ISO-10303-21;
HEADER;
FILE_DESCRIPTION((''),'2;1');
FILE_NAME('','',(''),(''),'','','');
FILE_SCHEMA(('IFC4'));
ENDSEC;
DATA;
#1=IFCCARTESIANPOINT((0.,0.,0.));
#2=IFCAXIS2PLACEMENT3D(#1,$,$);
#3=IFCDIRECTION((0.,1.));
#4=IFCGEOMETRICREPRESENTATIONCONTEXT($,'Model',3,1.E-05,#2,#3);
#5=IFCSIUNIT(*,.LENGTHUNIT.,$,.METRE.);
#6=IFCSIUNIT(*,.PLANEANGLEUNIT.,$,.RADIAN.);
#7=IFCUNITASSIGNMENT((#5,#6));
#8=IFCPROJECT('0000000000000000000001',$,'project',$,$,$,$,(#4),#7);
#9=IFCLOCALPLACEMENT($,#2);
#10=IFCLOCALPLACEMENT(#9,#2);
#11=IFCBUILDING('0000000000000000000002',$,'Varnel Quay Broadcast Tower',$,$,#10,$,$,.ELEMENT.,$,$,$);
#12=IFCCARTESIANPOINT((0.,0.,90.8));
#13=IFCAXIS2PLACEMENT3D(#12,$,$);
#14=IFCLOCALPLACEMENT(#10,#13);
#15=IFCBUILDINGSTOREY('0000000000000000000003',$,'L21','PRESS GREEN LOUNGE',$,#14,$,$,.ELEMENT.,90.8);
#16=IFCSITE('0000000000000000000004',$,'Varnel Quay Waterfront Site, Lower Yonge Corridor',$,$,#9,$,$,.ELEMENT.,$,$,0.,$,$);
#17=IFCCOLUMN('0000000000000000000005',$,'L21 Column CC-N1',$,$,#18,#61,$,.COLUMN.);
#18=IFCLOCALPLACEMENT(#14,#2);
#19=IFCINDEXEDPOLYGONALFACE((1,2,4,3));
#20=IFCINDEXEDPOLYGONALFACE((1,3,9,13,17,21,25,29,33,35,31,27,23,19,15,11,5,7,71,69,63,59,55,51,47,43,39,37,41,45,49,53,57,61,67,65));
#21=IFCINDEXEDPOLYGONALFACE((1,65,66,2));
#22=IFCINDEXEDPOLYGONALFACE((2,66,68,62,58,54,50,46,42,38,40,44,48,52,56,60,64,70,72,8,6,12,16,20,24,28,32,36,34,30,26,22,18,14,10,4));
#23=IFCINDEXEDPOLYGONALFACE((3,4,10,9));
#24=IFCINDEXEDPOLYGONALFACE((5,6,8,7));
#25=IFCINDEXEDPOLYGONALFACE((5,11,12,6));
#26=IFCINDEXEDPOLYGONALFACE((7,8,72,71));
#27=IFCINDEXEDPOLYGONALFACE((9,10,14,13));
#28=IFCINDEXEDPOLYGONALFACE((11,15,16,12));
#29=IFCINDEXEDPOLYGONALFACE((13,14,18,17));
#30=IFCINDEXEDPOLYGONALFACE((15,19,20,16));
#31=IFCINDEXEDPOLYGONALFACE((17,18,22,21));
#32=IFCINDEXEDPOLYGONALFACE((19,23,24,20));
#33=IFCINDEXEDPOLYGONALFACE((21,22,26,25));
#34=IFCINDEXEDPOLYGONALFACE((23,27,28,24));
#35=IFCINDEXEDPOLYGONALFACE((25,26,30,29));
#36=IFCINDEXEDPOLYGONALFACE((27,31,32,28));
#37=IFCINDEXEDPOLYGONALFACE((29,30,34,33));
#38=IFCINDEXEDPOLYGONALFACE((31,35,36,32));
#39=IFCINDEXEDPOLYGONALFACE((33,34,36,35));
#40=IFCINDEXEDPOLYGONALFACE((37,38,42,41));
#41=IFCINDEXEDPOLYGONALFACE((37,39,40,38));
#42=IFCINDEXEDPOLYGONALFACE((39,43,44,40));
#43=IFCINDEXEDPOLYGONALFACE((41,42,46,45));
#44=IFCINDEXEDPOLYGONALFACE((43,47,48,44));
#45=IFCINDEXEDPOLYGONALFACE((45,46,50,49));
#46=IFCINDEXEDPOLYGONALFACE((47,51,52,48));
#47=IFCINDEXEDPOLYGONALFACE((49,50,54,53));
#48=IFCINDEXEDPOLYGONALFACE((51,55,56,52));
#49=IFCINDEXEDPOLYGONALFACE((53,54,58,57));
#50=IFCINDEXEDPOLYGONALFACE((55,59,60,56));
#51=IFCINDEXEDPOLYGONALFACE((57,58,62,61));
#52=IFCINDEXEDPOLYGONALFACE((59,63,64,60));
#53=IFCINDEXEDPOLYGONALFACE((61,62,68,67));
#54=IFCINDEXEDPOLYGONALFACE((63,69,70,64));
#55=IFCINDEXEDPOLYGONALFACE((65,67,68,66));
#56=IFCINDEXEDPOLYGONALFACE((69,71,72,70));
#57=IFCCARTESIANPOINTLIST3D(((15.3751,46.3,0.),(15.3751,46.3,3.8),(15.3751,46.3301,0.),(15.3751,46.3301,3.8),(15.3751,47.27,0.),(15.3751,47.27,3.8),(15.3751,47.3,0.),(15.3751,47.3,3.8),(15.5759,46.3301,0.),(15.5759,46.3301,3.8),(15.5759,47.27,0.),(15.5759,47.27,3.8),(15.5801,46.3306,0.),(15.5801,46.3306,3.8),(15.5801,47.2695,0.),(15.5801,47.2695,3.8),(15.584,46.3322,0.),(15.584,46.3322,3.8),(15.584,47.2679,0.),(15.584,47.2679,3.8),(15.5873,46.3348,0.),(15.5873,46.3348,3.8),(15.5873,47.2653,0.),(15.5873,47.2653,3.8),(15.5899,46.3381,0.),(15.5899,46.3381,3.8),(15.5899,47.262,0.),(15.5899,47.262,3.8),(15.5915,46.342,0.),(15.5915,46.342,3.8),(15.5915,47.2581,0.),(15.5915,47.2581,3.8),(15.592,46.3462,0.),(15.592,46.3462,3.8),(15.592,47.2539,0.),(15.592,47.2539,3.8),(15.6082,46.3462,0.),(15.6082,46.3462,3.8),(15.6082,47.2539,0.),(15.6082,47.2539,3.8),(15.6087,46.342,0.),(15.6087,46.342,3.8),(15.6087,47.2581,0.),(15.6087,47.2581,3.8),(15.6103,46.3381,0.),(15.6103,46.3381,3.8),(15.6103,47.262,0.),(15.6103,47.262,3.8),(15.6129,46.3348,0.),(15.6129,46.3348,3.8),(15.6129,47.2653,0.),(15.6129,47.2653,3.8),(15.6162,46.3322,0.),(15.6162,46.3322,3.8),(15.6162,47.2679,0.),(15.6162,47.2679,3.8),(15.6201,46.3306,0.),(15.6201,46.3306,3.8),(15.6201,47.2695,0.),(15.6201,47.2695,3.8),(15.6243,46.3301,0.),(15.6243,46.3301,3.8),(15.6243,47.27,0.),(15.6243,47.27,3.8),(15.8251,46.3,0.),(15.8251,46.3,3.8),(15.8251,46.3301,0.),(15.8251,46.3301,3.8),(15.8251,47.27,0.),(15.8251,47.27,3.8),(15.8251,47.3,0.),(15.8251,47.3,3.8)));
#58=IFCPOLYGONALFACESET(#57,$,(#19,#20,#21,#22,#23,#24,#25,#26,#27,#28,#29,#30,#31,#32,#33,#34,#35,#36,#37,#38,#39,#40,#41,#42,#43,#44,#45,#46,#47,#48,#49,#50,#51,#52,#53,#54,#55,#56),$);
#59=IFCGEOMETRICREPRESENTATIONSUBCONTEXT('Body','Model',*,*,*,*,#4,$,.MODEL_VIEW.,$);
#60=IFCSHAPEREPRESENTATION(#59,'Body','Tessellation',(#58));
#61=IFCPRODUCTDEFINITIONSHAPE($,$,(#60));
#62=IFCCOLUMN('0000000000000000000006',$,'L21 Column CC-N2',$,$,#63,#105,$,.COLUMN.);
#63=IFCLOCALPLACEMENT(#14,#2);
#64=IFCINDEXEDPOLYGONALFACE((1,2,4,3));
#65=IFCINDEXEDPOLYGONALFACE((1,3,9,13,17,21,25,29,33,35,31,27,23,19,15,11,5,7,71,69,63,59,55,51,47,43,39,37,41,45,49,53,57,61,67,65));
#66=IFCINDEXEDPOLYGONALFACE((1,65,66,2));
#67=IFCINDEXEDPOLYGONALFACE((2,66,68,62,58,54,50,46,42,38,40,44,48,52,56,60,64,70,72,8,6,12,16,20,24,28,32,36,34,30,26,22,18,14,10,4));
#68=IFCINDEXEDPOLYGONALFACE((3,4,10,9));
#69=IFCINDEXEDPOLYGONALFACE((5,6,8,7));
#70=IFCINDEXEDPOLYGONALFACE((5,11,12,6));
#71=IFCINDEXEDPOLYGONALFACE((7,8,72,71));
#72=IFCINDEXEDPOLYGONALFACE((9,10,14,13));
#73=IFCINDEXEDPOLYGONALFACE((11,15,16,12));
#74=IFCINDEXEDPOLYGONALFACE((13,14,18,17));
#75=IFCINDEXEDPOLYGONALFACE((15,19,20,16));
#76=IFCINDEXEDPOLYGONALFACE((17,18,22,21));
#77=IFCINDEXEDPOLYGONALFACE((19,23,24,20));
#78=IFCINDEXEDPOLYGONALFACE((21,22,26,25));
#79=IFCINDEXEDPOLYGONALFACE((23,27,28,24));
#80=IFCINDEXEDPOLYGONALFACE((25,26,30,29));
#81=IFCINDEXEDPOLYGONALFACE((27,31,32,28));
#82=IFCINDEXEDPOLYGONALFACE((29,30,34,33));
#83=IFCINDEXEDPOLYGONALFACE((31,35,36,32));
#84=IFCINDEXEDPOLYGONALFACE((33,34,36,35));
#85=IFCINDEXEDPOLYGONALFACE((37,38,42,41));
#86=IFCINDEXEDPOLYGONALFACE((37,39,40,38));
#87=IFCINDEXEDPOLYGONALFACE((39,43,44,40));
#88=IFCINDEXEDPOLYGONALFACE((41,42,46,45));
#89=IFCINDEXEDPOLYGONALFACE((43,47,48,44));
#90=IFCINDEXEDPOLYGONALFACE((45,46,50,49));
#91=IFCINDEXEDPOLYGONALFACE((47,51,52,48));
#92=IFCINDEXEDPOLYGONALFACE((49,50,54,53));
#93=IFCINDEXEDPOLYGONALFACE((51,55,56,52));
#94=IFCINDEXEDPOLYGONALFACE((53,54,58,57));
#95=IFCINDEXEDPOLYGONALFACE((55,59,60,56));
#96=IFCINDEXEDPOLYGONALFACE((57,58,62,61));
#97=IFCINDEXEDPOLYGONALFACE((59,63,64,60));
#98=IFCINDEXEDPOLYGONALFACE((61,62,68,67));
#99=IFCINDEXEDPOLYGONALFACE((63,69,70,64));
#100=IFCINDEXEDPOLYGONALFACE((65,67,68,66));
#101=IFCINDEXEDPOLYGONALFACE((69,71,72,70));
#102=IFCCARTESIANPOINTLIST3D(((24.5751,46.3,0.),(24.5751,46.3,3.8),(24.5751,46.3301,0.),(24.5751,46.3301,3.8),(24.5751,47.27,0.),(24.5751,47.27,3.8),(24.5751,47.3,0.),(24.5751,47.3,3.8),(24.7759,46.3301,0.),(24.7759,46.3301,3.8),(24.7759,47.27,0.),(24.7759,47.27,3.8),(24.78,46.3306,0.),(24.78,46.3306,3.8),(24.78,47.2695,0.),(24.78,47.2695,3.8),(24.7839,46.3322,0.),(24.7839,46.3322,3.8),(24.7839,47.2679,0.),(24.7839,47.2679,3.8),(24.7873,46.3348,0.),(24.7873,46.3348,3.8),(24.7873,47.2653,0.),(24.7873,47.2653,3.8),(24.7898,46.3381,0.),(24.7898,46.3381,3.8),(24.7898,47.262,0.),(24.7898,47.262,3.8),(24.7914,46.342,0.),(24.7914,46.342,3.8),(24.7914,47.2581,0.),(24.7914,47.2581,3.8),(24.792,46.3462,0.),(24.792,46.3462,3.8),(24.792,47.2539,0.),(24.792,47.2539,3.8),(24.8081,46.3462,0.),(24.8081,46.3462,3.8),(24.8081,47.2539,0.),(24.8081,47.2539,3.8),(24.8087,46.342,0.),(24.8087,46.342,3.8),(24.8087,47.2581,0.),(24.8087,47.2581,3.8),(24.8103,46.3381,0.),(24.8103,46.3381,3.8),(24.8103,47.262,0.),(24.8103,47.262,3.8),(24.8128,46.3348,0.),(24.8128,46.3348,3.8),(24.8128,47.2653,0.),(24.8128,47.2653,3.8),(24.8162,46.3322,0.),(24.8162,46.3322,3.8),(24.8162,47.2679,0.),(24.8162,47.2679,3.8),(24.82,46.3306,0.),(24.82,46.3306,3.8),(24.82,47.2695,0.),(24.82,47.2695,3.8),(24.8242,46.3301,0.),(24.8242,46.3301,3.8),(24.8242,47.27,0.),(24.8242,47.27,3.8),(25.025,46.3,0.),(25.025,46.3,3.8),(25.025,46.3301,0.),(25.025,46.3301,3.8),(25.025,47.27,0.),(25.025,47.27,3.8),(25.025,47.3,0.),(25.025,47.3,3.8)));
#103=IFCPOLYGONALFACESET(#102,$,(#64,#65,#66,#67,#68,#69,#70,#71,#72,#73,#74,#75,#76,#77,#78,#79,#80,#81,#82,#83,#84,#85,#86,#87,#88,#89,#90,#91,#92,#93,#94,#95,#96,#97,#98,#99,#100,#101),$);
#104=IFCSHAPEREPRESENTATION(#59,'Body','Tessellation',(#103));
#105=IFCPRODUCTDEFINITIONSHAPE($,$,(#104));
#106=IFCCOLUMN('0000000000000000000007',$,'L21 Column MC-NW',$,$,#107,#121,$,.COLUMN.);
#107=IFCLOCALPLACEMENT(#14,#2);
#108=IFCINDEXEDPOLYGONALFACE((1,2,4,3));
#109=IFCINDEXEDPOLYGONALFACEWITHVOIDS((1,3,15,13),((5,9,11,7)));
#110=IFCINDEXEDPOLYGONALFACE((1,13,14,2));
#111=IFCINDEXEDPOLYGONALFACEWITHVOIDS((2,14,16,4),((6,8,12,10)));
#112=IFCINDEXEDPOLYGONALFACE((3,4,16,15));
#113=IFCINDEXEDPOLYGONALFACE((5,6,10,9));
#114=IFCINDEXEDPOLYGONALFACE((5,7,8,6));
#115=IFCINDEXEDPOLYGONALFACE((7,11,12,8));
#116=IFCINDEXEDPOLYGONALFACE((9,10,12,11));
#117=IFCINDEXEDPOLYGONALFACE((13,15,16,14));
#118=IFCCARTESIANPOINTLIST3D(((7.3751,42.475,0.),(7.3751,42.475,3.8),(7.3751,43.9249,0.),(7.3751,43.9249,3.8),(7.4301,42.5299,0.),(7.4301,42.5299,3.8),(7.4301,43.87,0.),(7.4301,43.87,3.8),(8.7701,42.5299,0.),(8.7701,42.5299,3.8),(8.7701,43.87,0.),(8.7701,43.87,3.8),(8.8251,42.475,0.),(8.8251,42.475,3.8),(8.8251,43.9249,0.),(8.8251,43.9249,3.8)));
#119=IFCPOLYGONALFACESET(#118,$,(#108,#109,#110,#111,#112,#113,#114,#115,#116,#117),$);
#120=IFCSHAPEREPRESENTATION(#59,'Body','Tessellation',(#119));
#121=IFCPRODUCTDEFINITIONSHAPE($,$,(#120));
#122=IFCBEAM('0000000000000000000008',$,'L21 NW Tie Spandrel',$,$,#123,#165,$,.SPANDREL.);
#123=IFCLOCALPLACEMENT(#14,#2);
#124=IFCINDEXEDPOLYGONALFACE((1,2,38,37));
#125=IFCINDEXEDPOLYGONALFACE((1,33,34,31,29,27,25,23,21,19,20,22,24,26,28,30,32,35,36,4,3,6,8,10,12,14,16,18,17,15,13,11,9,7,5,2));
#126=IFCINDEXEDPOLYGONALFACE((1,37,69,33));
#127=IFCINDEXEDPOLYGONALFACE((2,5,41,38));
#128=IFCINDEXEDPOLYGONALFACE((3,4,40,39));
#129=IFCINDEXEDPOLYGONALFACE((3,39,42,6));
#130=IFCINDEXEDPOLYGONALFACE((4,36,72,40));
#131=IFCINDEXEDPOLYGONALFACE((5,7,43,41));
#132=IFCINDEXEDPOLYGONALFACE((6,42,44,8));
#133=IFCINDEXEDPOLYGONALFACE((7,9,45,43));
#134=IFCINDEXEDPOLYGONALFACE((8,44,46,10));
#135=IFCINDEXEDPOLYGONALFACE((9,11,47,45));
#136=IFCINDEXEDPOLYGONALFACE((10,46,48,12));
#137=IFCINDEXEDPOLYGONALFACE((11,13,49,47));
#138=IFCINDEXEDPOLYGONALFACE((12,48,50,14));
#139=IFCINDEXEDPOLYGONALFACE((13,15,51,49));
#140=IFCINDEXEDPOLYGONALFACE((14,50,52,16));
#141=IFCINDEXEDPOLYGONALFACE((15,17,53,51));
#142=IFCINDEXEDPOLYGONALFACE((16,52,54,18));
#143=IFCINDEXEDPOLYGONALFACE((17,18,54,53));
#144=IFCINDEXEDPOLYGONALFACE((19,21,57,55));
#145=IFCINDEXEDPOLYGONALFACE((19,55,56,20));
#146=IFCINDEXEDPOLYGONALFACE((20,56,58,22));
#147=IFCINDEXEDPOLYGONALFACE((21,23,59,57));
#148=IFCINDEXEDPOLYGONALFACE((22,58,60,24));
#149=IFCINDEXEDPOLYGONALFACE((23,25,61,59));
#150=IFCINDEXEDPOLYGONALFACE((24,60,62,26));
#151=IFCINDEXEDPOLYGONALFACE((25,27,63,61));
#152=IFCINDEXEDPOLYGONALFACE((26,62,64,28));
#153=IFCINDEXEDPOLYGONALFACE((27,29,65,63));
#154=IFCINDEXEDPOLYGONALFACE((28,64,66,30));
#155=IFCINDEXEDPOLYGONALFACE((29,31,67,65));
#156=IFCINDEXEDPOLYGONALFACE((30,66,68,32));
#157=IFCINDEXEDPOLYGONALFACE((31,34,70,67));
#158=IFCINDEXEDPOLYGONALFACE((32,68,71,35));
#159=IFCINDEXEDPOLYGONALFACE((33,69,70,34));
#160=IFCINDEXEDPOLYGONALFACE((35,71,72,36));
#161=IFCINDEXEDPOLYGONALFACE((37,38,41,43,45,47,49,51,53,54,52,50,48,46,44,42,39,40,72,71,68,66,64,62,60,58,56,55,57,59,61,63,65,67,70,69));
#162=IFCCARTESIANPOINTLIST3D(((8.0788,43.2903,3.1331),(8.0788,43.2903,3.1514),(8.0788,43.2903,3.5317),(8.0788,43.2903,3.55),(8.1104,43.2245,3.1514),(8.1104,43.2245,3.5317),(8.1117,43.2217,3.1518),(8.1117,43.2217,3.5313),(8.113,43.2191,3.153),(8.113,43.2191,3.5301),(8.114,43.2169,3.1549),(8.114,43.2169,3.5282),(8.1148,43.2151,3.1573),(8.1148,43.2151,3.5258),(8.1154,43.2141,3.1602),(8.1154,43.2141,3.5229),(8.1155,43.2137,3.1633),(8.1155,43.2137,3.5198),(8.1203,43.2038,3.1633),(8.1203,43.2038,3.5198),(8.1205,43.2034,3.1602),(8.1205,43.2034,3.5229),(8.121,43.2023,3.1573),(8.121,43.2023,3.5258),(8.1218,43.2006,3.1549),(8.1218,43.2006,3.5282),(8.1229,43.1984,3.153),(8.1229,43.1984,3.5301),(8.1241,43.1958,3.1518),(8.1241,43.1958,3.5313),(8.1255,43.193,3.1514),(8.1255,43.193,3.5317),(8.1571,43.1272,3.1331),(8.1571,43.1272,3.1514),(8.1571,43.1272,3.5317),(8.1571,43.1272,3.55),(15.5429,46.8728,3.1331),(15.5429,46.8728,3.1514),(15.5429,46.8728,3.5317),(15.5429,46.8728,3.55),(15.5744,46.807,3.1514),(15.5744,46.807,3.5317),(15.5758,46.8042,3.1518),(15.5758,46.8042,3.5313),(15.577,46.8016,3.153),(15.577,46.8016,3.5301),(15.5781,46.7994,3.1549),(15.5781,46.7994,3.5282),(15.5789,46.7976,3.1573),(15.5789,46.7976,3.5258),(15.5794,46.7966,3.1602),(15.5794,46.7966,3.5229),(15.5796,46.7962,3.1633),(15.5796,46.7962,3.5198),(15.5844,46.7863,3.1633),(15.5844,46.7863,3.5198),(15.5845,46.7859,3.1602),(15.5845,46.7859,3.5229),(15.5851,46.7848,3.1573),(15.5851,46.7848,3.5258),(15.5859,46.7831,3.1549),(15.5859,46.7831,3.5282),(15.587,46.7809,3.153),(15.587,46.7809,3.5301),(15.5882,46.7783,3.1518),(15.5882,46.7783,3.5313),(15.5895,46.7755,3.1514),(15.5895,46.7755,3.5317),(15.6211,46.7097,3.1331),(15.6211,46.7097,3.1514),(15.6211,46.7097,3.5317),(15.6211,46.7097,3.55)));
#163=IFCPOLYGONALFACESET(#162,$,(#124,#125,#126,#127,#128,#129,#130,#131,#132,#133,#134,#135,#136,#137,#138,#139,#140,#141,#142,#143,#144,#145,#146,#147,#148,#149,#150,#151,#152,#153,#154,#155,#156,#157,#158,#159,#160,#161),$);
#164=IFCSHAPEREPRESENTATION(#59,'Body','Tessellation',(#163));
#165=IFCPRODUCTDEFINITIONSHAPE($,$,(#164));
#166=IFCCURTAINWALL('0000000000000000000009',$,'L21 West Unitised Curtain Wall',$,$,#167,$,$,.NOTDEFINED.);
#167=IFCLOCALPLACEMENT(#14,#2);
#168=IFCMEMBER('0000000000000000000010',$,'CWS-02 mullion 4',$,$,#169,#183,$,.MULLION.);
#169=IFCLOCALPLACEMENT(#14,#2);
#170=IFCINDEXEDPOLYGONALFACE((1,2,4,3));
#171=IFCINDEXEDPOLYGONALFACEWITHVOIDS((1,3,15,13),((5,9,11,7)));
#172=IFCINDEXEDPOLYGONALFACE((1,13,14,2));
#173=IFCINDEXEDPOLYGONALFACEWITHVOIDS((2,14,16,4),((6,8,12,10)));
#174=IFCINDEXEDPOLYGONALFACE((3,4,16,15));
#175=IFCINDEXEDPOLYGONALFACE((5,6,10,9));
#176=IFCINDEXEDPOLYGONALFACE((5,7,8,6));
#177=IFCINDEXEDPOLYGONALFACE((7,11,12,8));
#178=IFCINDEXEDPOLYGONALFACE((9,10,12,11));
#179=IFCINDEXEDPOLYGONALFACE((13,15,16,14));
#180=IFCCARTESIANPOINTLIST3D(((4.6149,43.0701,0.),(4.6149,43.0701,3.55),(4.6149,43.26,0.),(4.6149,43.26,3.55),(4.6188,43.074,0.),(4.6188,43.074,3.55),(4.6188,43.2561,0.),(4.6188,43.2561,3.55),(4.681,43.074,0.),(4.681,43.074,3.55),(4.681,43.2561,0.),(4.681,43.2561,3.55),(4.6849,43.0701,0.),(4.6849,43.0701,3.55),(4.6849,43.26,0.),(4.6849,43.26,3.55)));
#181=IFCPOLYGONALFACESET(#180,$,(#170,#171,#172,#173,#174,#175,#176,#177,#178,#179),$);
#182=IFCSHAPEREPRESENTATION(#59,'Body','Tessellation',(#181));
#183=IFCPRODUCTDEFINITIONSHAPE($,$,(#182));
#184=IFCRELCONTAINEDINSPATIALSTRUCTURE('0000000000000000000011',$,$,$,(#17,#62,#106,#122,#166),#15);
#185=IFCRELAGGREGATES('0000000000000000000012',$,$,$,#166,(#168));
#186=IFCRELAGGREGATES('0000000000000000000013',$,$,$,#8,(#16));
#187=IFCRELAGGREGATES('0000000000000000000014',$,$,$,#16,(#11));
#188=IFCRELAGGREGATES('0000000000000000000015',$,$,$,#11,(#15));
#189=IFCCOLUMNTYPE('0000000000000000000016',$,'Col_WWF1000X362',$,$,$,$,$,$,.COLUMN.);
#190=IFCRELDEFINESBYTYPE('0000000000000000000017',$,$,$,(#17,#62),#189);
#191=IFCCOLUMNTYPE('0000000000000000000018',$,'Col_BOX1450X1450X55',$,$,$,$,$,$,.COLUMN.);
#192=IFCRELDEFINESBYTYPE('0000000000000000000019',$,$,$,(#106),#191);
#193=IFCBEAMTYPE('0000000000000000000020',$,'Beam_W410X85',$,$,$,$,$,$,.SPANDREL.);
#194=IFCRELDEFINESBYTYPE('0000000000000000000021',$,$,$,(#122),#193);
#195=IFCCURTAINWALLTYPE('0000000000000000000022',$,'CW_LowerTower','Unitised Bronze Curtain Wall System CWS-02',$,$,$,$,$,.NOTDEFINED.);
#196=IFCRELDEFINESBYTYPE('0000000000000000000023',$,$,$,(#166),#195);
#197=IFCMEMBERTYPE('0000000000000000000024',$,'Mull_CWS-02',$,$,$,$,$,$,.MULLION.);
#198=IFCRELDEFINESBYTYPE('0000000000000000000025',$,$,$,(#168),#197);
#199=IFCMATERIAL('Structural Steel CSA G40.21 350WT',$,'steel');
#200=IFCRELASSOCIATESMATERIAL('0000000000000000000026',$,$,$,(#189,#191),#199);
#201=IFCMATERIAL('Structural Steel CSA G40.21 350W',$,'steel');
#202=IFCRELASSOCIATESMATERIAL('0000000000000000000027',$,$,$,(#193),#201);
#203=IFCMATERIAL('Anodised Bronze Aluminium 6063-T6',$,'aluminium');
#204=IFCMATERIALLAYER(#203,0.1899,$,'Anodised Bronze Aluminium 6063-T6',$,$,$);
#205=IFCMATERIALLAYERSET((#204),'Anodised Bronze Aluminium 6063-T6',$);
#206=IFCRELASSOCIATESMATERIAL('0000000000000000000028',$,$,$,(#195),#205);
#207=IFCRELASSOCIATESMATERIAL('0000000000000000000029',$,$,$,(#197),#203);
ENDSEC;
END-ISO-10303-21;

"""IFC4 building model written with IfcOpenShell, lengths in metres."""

from ifc_helpers import new_model, si_unit, direction, frame, origin, origin_2d, place, context, subcontext, project, spatial, hollow_rectangle, i_section, extrude, source, transform, mapped, material, layer, layer_set, material_profile, profile_set, type_object, type_shapes, element, aggregate, save


model = new_model("IFC4")

# Units and contexts
model_context = context("Model", 3, precision=1e-05, world=origin(), true_north=direction((0.0, 1.0)))
body_context = subcontext(model_context, "Body", "Model", "MODEL_VIEW")
ifc_project = project(units=[si_unit("LENGTHUNIT", "METRE"), si_unit("PLANEANGLEUNIT", "RADIAN")], contexts=[model_context])

# Site, building, storey
site_placement = place(None, origin())
site = spatial("IfcSite", under=ifc_project, at=site_placement, Name="Varnel Quay Waterfront Site, Lower Yonge Corridor", CompositionType="ELEMENT", RefElevation=0.0)
building_placement = place(site_placement, origin())
building = spatial("IfcBuilding", under=site, at=building_placement, Name="Varnel Quay Broadcast Tower", CompositionType="ELEMENT")
storey_placement = place(building_placement, frame((0.0, 0.0, 90.8)))
storey = spatial("IfcBuildingStorey", under=building, at=storey_placement, Name="L21", Description="PRESS GREEN LOUNGE", CompositionType="ELEMENT", Elevation=90.8)

# Columns
ifc_material_1 = material(Name="Structural Steel CSA G40.21 350WT", Category="steel")
ifc_material_profile_1 = material_profile(ifc_material_1, i_section(OverallWidth=0.45, OverallDepth=1.0, WebThickness=0.0161, FlangeThickness=0.03, FilletRadius=0.0161, at=origin_2d()), Name="WWF1000X362")
ifc_profile_set_1 = profile_set([ifc_material_profile_1], Name="Structural Steel CSA G40.21 350WT")
column_type_1 = type_object("IfcColumnType", Name="Col_WWF1000X362", PredefinedType="COLUMN", material=ifc_profile_set_1)
shared_shape_1 = source(origin(), body_context, "Body", "SweptSolid", [
    extrude(i_section(OverallWidth=0.45, OverallDepth=1.0, WebThickness=0.0161, FlangeThickness=0.03, FilletRadius=0.0161, at=origin_2d()), origin(), (0.0, 0.0, 1.0), 3.8),
])
type_shapes(column_type_1, [shared_shape_1])
for number, where, z_axis, x_axis, name in (
    (1, (15.6001, 46.8, 0.0), (0.0, 0.0, 1.0), (1.0, 0.0, 0.0), "L21 Column CC-N1"),
    (2, (24.8, 46.8, 0.0), (0.0, 0.0, 1.0), (1.0, 0.0, 0.0), "L21 Column CC-N2"),
):
    element("IfcColumn", number, at=place(storey_placement, frame(where, z_axis=z_axis, x_axis=x_axis)), inside=storey, type_object=column_type_1, Name=name, PredefinedType="COLUMN", context=body_context, shape_type="MappedRepresentation", body=[
        mapped(shared_shape_1, transform((0.0, 0.0, 0.0), x_axis=(1.0, 0.0, 0.0), y_axis=(0.0, 1.0, 0.0), z_axis=(0.0, 0.0, 1.0), scale=1.0)),
    ])
ifc_material_profile_2 = material_profile(ifc_material_1, hollow_rectangle(XDim=1.45, YDim=1.45, WallThickness=0.0549, at=origin_2d()), Name="BOX1450X1450X55")
ifc_profile_set_2 = profile_set([ifc_material_profile_2], Name="Structural Steel CSA G40.21 350WT")
column_type_2 = type_object("IfcColumnType", Name="Col_BOX1450X1450X55", PredefinedType="COLUMN", material=ifc_profile_set_2)
shared_shape_2 = source(origin(), body_context, "Body", "SweptSolid", [
    extrude(hollow_rectangle(XDim=1.45, YDim=1.45, WallThickness=0.0549, at=origin_2d()), origin(), (0.0, 0.0, 1.0), 3.8),
])
type_shapes(column_type_2, [shared_shape_2])
column_placement = place(storey_placement, frame((8.1001, 43.2, 0.0), z_axis=(0.0, 0.0, 1.0), x_axis=(1.0, 0.0, 0.0)))
element("IfcColumn", 3, at=column_placement, inside=storey, type_object=column_type_2, Name="L21 Column MC-NW", PredefinedType="COLUMN", context=body_context, shape_type="MappedRepresentation", body=[
    mapped(shared_shape_2, transform((0.0, 0.0, 0.0), x_axis=(1.0, 0.0, 0.0), y_axis=(0.0, 1.0, 0.0), z_axis=(0.0, 0.0, 1.0), scale=1.0)),
])

# Beam
ifc_material_2 = material(Name="Structural Steel CSA G40.21 350W", Category="steel")
ifc_material_profile_3 = material_profile(ifc_material_2, i_section(OverallWidth=0.1809, OverallDepth=0.417, WebThickness=0.011, FlangeThickness=0.0183, FilletRadius=0.012, at=origin_2d()), Name="W410X85")
ifc_profile_set_3 = profile_set([ifc_material_profile_3], Name="Structural Steel CSA G40.21 350W")
beam_type = type_object("IfcBeamType", Name="Beam_W410X85", PredefinedType="SPANDREL", material=ifc_profile_set_3)
shared_shape_3 = source(origin(), body_context, "Body", "SweptSolid", [
    extrude(i_section(OverallWidth=0.1809, OverallDepth=0.417, WebThickness=0.011, FlangeThickness=0.0183, FilletRadius=0.012, at=origin_2d()), origin(), (0.0, 0.0, 1.0), 8.2793),
])
type_shapes(beam_type, [shared_shape_3])
beam_placement = place(storey_placement, frame((8.1179, 43.2087, 3.3416), z_axis=(0.901535, 0.432706, 0.0), x_axis=(-0.432706, 0.901535, 0.0)))
element("IfcBeam", 4, at=beam_placement, inside=storey, type_object=beam_type, Name="L21 NW Tie Spandrel", PredefinedType="SPANDREL", context=body_context, shape_type="MappedRepresentation", body=[
    mapped(shared_shape_3, transform((0.0, 0.0, 0.0), x_axis=(1.0, 0.0, 0.0), y_axis=(0.0, 1.0, 0.0), z_axis=(0.0, 0.0, 1.0), scale=1.0)),
])

# Curtain wall, member
ifc_material_3 = material(Name="Anodised Bronze Aluminium 6063-T6", Category="aluminium")
ifc_layer_1 = layer(ifc_material_3, 0.1899, Name="Anodised Bronze Aluminium 6063-T6")
ifc_layer_set_1 = layer_set([ifc_layer_1], Name="Anodised Bronze Aluminium 6063-T6")
curtain_wall_type = type_object("IfcCurtainWallType", Name="CW_LowerTower", Description="Unitised Bronze Curtain Wall System CWS-02", PredefinedType="NOTDEFINED", material=ifc_layer_set_1)
curtain_wall_1_placement = place(storey_placement, origin())
curtain_wall_1 = element("IfcCurtainWall", 5, at=curtain_wall_1_placement, inside=storey, type_object=curtain_wall_type, Name="L21 West Unitised Curtain Wall", PredefinedType="NOTDEFINED")
ifc_material_profile_4 = material_profile(ifc_material_3, hollow_rectangle(XDim=0.0701, YDim=0.1899, WallThickness=0.0039, at=origin_2d()), Name="ALU70X190X4")
ifc_profile_set_4 = profile_set([ifc_material_profile_4], Name="Anodised Bronze Aluminium 6063-T6")
member_type_1 = type_object("IfcMemberType", Name="Mull_CWS-02", PredefinedType="MULLION", material=ifc_profile_set_4)
shared_shape_4 = source(origin(), body_context, "Body", "SweptSolid", [
    extrude(hollow_rectangle(XDim=0.0701, YDim=0.1899, WallThickness=0.0039, at=origin_2d()), origin(), (0.0, 0.0, 1.0), 3.55),
])
type_shapes(member_type_1, [shared_shape_4])
member_1_placement = place(storey_placement, frame((4.6499, 43.165, 0.0), z_axis=(0.0, 0.0, 1.0), x_axis=(-1.0, 0.0, 0.0)))
member_1 = element("IfcMember", 6, at=member_1_placement, type_object=member_type_1, Name="CWS-02 mullion 4", PredefinedType="MULLION", context=body_context, shape_type="MappedRepresentation", body=[
    mapped(shared_shape_4, transform((0.0, 0.0, 0.0), x_axis=(1.0, 0.0, 0.0), y_axis=(0.0, 1.0, 0.0), z_axis=(0.0, 0.0, 1.0), scale=1.0)),
])

aggregate(curtain_wall_1, [member_1])

save(model, "model.ifc")
